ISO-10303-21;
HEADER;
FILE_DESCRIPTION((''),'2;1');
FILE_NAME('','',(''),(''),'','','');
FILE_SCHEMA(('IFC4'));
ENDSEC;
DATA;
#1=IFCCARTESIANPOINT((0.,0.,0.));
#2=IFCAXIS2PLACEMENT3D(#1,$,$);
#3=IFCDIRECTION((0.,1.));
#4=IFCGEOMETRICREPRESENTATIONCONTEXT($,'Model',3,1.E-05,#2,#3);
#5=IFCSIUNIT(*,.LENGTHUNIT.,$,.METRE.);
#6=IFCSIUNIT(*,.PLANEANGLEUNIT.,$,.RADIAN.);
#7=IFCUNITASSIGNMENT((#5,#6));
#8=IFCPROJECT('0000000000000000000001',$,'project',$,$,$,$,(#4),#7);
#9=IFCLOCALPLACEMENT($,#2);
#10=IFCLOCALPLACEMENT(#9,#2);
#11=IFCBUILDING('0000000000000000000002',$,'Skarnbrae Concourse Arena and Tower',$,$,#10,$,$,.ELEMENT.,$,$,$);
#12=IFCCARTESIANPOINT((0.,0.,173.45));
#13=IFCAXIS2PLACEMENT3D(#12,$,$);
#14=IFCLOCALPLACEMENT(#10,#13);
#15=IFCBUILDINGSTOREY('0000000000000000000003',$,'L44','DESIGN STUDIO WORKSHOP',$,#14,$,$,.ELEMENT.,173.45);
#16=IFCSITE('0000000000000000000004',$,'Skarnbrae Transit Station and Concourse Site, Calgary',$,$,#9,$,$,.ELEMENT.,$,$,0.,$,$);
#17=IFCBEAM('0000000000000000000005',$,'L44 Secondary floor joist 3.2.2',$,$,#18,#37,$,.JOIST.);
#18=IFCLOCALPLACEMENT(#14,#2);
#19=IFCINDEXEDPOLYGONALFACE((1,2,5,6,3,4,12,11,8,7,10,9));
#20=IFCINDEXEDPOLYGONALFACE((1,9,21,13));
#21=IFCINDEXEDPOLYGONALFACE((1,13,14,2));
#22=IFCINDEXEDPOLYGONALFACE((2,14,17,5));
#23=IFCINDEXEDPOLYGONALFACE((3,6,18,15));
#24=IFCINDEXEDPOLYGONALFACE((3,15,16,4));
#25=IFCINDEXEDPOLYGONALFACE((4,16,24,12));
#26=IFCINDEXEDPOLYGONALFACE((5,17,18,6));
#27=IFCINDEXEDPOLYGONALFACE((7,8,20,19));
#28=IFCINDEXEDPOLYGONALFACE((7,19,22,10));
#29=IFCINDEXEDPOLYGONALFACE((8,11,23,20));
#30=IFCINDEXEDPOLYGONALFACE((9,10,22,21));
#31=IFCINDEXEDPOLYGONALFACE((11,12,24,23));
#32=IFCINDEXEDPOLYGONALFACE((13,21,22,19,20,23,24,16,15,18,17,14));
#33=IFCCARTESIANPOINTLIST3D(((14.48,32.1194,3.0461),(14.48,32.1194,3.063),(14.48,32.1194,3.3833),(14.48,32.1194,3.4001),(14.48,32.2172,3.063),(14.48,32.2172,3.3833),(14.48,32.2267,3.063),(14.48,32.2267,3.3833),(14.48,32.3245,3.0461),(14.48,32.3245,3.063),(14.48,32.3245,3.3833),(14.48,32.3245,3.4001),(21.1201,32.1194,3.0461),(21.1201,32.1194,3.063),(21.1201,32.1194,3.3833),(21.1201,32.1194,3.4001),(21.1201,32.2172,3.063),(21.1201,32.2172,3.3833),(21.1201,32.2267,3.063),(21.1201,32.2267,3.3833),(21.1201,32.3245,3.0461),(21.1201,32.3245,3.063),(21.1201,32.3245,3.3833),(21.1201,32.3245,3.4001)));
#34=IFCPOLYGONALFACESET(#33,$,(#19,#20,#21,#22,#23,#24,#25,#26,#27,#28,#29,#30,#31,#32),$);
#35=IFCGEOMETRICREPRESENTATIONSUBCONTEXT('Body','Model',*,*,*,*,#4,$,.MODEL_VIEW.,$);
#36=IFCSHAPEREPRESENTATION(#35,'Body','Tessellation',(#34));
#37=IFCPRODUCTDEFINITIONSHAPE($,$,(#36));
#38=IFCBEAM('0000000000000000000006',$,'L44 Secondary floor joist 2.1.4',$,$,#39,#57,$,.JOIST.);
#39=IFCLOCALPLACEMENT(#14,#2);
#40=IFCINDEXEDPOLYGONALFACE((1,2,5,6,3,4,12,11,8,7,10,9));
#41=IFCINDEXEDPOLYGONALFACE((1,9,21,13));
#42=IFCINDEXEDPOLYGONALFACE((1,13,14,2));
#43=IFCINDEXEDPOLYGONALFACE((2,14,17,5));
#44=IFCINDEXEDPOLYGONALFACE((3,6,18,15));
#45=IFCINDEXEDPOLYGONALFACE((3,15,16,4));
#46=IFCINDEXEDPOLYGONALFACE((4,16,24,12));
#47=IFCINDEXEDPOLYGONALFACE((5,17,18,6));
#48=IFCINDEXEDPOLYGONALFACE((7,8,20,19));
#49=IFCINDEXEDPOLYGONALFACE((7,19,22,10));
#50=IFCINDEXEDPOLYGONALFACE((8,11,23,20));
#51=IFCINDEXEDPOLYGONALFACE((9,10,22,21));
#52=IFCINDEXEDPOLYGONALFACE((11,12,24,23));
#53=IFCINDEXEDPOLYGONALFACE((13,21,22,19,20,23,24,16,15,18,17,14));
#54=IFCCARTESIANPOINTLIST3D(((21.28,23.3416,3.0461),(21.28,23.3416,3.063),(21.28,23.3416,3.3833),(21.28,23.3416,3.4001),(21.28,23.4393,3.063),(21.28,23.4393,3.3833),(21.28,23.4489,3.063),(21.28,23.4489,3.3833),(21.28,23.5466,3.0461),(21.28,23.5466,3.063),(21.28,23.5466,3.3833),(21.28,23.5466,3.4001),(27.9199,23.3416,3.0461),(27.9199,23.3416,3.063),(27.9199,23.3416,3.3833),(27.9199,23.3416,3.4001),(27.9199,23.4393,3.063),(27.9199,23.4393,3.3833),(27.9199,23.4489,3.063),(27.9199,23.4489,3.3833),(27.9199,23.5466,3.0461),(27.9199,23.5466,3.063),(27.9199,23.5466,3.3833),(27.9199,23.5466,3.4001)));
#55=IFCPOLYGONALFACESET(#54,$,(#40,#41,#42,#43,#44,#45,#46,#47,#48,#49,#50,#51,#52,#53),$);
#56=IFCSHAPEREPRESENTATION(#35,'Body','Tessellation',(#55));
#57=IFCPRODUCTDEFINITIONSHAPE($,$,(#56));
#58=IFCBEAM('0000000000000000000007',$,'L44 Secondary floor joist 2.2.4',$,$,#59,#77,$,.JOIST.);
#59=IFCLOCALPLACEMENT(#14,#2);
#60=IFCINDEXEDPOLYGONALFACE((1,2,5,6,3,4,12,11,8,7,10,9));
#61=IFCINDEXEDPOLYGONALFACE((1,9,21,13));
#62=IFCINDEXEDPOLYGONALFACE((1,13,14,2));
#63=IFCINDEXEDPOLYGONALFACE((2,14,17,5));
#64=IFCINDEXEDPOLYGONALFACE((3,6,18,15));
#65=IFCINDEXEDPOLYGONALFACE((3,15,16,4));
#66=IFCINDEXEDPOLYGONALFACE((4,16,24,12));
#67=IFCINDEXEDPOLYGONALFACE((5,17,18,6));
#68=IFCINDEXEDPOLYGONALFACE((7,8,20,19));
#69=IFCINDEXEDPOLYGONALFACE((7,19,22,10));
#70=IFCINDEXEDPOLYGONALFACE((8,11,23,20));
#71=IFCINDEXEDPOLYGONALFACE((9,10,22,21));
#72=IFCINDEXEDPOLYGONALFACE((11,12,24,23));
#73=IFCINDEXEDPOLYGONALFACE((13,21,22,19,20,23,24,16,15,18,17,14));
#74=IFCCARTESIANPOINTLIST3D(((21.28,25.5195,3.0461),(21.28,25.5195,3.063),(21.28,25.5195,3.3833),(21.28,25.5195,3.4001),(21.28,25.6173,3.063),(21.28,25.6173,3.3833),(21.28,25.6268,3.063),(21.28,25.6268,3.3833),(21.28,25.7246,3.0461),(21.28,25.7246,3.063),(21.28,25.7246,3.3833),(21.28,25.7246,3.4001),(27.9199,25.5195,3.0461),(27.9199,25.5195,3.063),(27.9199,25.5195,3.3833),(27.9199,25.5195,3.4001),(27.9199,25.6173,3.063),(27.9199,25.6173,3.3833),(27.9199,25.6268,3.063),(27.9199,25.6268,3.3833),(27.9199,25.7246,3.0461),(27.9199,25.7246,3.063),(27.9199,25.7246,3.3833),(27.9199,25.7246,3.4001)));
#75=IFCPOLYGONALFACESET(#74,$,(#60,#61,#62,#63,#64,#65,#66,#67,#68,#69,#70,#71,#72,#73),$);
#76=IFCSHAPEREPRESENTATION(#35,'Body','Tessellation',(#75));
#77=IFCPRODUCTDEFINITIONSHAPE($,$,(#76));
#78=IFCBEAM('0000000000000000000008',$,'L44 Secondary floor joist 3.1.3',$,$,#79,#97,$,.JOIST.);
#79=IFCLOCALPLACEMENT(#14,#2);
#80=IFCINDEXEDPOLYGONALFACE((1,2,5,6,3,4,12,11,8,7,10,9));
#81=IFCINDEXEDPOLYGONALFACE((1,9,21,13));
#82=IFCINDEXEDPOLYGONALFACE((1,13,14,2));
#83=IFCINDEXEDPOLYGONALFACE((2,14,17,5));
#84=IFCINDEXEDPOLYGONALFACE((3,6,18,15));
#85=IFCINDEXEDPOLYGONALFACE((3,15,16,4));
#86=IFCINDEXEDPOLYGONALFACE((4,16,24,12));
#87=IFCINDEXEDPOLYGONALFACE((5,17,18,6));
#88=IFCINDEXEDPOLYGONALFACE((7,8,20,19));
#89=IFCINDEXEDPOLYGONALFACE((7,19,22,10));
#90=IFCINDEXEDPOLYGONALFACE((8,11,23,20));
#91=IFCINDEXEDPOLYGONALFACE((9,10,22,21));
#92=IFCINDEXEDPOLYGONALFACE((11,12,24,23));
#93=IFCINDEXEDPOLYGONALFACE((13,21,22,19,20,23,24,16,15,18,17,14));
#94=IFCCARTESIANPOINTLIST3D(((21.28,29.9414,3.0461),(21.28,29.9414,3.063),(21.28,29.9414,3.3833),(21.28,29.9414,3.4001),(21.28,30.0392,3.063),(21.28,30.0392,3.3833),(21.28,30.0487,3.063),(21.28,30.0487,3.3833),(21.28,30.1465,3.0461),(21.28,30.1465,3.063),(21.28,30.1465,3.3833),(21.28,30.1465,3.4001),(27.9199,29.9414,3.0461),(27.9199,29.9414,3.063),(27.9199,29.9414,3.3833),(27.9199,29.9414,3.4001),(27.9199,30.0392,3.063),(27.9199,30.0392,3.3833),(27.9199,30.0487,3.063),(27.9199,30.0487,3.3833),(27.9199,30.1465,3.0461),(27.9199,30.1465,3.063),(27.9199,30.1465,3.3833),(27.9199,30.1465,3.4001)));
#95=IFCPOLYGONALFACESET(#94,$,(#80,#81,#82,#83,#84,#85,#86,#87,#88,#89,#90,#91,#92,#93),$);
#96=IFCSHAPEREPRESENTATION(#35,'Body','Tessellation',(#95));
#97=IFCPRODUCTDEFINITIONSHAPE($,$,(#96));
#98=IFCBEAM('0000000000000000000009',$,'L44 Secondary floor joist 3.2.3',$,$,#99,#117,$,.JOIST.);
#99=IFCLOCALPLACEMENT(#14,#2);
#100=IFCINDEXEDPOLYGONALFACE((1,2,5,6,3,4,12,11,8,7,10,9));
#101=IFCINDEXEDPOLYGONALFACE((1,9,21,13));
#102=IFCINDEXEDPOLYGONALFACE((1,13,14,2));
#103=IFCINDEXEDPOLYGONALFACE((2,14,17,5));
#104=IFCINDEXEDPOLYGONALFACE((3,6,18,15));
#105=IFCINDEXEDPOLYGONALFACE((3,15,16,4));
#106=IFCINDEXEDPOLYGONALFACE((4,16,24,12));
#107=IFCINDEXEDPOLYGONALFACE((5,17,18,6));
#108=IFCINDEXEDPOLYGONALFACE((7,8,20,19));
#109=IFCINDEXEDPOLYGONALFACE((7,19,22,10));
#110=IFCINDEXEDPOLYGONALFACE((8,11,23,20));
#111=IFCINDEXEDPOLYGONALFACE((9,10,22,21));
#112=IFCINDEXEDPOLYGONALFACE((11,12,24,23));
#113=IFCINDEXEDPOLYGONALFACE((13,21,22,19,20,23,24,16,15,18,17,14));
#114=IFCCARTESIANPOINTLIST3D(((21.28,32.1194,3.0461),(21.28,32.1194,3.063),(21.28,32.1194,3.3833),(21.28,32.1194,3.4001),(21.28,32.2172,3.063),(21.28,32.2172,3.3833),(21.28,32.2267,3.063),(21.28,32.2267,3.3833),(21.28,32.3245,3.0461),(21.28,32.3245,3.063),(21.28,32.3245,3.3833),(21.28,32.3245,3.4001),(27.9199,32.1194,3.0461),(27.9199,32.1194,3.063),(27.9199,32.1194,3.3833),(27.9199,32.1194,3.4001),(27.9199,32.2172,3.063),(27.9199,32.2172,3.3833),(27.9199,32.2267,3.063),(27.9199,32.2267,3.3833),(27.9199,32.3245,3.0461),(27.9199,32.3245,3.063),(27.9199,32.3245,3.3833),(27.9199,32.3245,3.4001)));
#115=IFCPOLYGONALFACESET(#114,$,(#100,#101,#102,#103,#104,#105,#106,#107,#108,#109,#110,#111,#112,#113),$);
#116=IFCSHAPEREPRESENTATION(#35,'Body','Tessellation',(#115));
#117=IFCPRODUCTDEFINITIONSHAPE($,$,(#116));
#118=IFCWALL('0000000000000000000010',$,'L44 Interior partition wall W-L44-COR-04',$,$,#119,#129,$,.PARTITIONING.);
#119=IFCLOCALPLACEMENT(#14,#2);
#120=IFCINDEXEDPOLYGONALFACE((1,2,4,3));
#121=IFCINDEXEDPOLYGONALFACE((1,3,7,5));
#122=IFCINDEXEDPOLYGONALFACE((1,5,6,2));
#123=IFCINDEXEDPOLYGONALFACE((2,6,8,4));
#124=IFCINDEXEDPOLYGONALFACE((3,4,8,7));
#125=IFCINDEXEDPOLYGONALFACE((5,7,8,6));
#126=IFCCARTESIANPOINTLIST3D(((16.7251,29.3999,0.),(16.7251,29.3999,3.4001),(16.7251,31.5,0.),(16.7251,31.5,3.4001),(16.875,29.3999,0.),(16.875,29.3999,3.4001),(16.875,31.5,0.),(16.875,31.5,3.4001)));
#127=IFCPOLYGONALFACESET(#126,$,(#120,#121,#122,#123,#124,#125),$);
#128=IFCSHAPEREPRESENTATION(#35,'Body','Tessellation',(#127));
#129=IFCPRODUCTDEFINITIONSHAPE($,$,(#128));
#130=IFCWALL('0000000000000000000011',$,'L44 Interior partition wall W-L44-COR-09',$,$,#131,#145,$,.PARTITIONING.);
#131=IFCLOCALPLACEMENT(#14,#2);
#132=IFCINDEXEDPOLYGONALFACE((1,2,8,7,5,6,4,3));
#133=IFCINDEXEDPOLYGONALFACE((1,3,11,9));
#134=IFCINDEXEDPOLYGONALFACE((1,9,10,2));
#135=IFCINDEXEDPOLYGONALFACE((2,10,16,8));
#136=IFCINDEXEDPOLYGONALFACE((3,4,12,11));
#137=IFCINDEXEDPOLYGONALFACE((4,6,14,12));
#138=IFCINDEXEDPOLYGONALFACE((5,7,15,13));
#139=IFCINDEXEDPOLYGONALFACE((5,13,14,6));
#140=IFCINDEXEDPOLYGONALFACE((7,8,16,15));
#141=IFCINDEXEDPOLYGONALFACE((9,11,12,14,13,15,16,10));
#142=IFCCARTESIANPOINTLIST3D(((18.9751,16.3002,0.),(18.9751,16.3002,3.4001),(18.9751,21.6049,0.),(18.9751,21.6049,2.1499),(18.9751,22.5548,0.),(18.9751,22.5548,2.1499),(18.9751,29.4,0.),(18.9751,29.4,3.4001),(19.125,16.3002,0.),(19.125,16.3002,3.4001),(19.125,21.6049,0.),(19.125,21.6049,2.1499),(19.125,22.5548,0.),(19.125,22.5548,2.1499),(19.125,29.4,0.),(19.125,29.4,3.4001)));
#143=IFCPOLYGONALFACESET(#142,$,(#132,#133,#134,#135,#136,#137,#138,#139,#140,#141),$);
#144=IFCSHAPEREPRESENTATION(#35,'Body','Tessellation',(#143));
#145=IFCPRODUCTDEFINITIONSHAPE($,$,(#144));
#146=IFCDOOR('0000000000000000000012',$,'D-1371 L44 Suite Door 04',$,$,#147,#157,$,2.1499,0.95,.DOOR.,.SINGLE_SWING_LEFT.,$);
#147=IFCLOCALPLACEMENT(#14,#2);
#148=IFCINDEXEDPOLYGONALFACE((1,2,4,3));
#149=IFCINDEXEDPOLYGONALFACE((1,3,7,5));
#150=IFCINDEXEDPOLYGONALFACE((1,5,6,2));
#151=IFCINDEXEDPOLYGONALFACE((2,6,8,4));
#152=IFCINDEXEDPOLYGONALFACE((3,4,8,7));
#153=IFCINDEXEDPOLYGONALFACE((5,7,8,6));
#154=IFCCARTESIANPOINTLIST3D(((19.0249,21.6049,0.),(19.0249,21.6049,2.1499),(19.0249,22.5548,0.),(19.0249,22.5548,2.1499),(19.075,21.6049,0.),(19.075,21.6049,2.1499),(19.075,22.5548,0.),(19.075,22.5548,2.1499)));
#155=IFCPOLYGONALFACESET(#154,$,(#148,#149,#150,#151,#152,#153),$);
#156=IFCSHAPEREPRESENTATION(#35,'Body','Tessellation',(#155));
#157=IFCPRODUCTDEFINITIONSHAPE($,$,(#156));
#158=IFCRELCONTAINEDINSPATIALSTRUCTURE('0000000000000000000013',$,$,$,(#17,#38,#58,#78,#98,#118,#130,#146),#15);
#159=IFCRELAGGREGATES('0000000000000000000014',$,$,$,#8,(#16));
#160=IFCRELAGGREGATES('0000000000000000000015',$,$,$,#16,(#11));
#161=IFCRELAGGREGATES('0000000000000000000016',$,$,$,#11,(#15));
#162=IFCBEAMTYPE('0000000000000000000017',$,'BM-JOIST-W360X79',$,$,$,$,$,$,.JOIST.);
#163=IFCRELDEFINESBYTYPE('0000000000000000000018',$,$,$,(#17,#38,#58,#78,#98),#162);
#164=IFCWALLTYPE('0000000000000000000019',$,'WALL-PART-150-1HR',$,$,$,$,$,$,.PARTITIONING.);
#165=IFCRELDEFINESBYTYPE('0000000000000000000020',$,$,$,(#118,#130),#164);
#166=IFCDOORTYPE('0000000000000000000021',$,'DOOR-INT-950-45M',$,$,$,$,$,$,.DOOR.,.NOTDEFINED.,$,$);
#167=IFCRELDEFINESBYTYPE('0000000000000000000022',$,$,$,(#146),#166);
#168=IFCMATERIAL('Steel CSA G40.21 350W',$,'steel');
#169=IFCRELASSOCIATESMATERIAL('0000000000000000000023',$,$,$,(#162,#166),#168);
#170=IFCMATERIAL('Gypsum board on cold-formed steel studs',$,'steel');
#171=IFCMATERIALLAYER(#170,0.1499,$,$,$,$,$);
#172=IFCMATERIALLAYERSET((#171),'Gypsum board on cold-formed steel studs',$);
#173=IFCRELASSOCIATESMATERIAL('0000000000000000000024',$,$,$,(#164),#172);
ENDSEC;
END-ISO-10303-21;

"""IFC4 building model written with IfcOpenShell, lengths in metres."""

from ifc_helpers import new_model, si_unit, direction, frame, frame_2d, origin, origin_2d, place, context, subcontext, project, spatial, rectangle, i_section, extrude, source, transform, mapped, material, layer, layer_set, material_profile, profile_set, type_object, element, fill, save


model = new_model("IFC4")

# Units and contexts
model_context = context("Model", 3, precision=1e-05, world=origin(), true_north=direction((0.0, 1.0)))
body_context = subcontext(model_context, "Body", "Model", "MODEL_VIEW")
ifc_project = project(units=[si_unit("LENGTHUNIT", "METRE"), si_unit("PLANEANGLEUNIT", "RADIAN")], contexts=[model_context])

# Site, building, storey
site_placement = place(None, origin())
site = spatial("IfcSite", under=ifc_project, at=site_placement, Name="Skarnbrae Transit Station and Concourse Site, Calgary", CompositionType="ELEMENT", RefElevation=0.0)
building_placement = place(site_placement, origin())
building = spatial("IfcBuilding", under=site, at=building_placement, Name="Skarnbrae Concourse Arena and Tower", CompositionType="ELEMENT")
storey_placement = place(building_placement, frame((0.0, 0.0, 173.45)))
storey = spatial("IfcBuildingStorey", under=building, at=storey_placement, Name="L44", Description="DESIGN STUDIO WORKSHOP", CompositionType="ELEMENT", Elevation=173.45)

# Shared definitions
ifc_material_1 = material(Name="Steel CSA G40.21 350W", Category="steel")

# Beams
ifc_material_profile_1 = material_profile(ifc_material_1, i_section(OverallWidth=0.2051, OverallDepth=0.354, WebThickness=0.0095, FlangeThickness=0.0168, at=origin_2d()), Name="W360X79")
ifc_profile_set_1 = profile_set([ifc_material_profile_1], Name="Steel CSA G40.21 350W")
beam_type_1 = type_object("IfcBeamType", Name="BM-JOIST-W360X79", PredefinedType="JOIST", material=ifc_profile_set_1)
shared_shape_1 = source(origin(), body_context, "Body", "SweptSolid", [
    extrude(i_section(OverallWidth=0.2051, OverallDepth=0.354, WebThickness=0.0095, FlangeThickness=0.0168, at=origin_2d()), origin(), (0.0, 0.0, 1.0), 6.6401),
])
for number, where, z_axis, x_axis, name in (
    (1, (14.48, 32.2219, 3.2231), (1.0, 0.0, 0.0), (0.0, 1.0, 0.0), "L44 Secondary floor joist 3.2.2"),
):
    element("IfcBeam", number, at=place(storey_placement, frame(where, z_axis=z_axis, x_axis=x_axis)), inside=storey, type_object=beam_type_1, Name=name, PredefinedType="JOIST", context=body_context, shape_type="MappedRepresentation", body=[
        mapped(shared_shape_1, transform((0.0, 0.0, 0.0))),
    ])
shared_shape_2 = source(origin(), body_context, "Body", "SweptSolid", [
    extrude(i_section(OverallWidth=0.2051, OverallDepth=0.354, WebThickness=0.0095, FlangeThickness=0.0168, at=origin_2d()), origin(), (0.0, 0.0, 1.0), 6.6399),
])
for number, where, z_axis, x_axis, name in (
    (2, (21.28, 23.4441, 3.2231), (1.0, 0.0, 0.0), (0.0, 1.0, 0.0), "L44 Secondary floor joist 2.1.4"),
    (3, (21.28, 25.6221, 3.2231), (1.0, 0.0, 0.0), (0.0, 1.0, 0.0), "L44 Secondary floor joist 2.2.4"),
    (4, (21.28, 30.0439, 3.2231), (1.0, 0.0, 0.0), (0.0, 1.0, 0.0), "L44 Secondary floor joist 3.1.3"),
    (5, (21.28, 32.2219, 3.2231), (1.0, 0.0, 0.0), (0.0, 1.0, 0.0), "L44 Secondary floor joist 3.2.3"),
):
    element("IfcBeam", number, at=place(storey_placement, frame(where, z_axis=z_axis, x_axis=x_axis)), inside=storey, type_object=beam_type_1, Name=name, PredefinedType="JOIST", context=body_context, shape_type="MappedRepresentation", body=[
        mapped(shared_shape_2, transform((0.0, 0.0, 0.0))),
    ])

# Shared definitions
ifc_material_2 = material(Name="Gypsum board on cold-formed steel studs", Category="steel")
ifc_layer_1 = layer(ifc_material_2, 0.1499)
ifc_layer_set_1 = layer_set([ifc_layer_1], Name="Gypsum board on cold-formed steel studs")
wall_type_1 = type_object("IfcWallType", Name="WALL-PART-150-1HR", PredefinedType="PARTITIONING", material=ifc_layer_set_1)
door_type = type_object("IfcDoorType", Name="DOOR-INT-950-45M", OperationType="NOTDEFINED", PredefinedType="DOOR", material=ifc_material_1)
shared_shape_3 = source(origin(), body_context, "Body", "SweptSolid", [
    extrude(rectangle(XDim=0.95, YDim=2.1499, at=frame_2d((0.4751, 1.075))), frame((0.0, 0.0249, 0.0), z_axis=(0.0, -1.0, 0.0), x_axis=(1.0, 0.0, 0.0)), (0.0, 0.0, 1.0), 0.05),
])

# Wall
shared_shape_4 = source(origin(), body_context, "Body", "SweptSolid", [
    extrude(rectangle(XDim=2.1001, YDim=0.1499, at=frame_2d((1.05, 0.0))), origin(), (0.0, 0.0, 1.0), 3.4001),
])
wall_1_placement = place(storey_placement, frame((16.8, 29.3999, 0.0), z_axis=(0.0, 0.0, 1.0), x_axis=(0.0, 1.0, 0.0)))
element("IfcWall", 6, at=wall_1_placement, inside=storey, type_object=wall_type_1, Name="L44 Interior partition wall W-L44-COR-04", PredefinedType="PARTITIONING", context=body_context, shape_type="MappedRepresentation", body=[
    mapped(shared_shape_4, transform((0.0, 0.0, 0.0))),
])

# Wall, opening, door
shared_shape_5 = source(origin(), body_context, "Body", "SweptSolid", [
    extrude(rectangle(XDim=13.0999, YDim=0.1499, at=frame_2d((6.5498, 0.0))), origin(), (0.0, 0.0, 1.0), 3.4001),
])
wall_2_placement = place(storey_placement, frame((19.05, 29.3999, 0.0), z_axis=(0.0, 0.0, 1.0), x_axis=(0.0, -1.0, 0.0)))
wall_2 = element("IfcWall", 7, at=wall_2_placement, inside=storey, type_object=wall_type_1, Name="L44 Interior partition wall W-L44-COR-09", PredefinedType="PARTITIONING", context=body_context, shape_type="MappedRepresentation", body=[
    mapped(shared_shape_5, transform((0.0, 0.0, 0.0))),
])
opening_1_placement = place(wall_2_placement, frame((6.845, 0.0, 0.0)))
opening_1 = element("IfcOpeningElement", 8, at=opening_1_placement, cuts=wall_2, PredefinedType="OPENING", context=body_context, shape_type="SweptSolid", body=[
    extrude(rectangle(XDim=0.95, YDim=2.1499, at=frame_2d((0.4751, 1.075))), frame((0.0, 0.085, 0.0), z_axis=(0.0, -1.0, 0.0), x_axis=(1.0, 0.0, 0.0)), (0.0, 0.0, 1.0), 0.1699),
])
door_1_placement = place(opening_1_placement, origin())
door_1 = element("IfcDoor", 9, at=door_1_placement, inside=storey, type_object=door_type, Name="D-1371 L44 Suite Door 04", OperationType="SINGLE_SWING_LEFT", OverallHeight=2.1499, OverallWidth=0.95, PredefinedType="DOOR", context=body_context, shape_type="MappedRepresentation", body=[
    mapped(shared_shape_3, transform((0.0, 0.0, 0.0))),
])
fill(opening_1, door_1)

save(model, "model.ifc")
